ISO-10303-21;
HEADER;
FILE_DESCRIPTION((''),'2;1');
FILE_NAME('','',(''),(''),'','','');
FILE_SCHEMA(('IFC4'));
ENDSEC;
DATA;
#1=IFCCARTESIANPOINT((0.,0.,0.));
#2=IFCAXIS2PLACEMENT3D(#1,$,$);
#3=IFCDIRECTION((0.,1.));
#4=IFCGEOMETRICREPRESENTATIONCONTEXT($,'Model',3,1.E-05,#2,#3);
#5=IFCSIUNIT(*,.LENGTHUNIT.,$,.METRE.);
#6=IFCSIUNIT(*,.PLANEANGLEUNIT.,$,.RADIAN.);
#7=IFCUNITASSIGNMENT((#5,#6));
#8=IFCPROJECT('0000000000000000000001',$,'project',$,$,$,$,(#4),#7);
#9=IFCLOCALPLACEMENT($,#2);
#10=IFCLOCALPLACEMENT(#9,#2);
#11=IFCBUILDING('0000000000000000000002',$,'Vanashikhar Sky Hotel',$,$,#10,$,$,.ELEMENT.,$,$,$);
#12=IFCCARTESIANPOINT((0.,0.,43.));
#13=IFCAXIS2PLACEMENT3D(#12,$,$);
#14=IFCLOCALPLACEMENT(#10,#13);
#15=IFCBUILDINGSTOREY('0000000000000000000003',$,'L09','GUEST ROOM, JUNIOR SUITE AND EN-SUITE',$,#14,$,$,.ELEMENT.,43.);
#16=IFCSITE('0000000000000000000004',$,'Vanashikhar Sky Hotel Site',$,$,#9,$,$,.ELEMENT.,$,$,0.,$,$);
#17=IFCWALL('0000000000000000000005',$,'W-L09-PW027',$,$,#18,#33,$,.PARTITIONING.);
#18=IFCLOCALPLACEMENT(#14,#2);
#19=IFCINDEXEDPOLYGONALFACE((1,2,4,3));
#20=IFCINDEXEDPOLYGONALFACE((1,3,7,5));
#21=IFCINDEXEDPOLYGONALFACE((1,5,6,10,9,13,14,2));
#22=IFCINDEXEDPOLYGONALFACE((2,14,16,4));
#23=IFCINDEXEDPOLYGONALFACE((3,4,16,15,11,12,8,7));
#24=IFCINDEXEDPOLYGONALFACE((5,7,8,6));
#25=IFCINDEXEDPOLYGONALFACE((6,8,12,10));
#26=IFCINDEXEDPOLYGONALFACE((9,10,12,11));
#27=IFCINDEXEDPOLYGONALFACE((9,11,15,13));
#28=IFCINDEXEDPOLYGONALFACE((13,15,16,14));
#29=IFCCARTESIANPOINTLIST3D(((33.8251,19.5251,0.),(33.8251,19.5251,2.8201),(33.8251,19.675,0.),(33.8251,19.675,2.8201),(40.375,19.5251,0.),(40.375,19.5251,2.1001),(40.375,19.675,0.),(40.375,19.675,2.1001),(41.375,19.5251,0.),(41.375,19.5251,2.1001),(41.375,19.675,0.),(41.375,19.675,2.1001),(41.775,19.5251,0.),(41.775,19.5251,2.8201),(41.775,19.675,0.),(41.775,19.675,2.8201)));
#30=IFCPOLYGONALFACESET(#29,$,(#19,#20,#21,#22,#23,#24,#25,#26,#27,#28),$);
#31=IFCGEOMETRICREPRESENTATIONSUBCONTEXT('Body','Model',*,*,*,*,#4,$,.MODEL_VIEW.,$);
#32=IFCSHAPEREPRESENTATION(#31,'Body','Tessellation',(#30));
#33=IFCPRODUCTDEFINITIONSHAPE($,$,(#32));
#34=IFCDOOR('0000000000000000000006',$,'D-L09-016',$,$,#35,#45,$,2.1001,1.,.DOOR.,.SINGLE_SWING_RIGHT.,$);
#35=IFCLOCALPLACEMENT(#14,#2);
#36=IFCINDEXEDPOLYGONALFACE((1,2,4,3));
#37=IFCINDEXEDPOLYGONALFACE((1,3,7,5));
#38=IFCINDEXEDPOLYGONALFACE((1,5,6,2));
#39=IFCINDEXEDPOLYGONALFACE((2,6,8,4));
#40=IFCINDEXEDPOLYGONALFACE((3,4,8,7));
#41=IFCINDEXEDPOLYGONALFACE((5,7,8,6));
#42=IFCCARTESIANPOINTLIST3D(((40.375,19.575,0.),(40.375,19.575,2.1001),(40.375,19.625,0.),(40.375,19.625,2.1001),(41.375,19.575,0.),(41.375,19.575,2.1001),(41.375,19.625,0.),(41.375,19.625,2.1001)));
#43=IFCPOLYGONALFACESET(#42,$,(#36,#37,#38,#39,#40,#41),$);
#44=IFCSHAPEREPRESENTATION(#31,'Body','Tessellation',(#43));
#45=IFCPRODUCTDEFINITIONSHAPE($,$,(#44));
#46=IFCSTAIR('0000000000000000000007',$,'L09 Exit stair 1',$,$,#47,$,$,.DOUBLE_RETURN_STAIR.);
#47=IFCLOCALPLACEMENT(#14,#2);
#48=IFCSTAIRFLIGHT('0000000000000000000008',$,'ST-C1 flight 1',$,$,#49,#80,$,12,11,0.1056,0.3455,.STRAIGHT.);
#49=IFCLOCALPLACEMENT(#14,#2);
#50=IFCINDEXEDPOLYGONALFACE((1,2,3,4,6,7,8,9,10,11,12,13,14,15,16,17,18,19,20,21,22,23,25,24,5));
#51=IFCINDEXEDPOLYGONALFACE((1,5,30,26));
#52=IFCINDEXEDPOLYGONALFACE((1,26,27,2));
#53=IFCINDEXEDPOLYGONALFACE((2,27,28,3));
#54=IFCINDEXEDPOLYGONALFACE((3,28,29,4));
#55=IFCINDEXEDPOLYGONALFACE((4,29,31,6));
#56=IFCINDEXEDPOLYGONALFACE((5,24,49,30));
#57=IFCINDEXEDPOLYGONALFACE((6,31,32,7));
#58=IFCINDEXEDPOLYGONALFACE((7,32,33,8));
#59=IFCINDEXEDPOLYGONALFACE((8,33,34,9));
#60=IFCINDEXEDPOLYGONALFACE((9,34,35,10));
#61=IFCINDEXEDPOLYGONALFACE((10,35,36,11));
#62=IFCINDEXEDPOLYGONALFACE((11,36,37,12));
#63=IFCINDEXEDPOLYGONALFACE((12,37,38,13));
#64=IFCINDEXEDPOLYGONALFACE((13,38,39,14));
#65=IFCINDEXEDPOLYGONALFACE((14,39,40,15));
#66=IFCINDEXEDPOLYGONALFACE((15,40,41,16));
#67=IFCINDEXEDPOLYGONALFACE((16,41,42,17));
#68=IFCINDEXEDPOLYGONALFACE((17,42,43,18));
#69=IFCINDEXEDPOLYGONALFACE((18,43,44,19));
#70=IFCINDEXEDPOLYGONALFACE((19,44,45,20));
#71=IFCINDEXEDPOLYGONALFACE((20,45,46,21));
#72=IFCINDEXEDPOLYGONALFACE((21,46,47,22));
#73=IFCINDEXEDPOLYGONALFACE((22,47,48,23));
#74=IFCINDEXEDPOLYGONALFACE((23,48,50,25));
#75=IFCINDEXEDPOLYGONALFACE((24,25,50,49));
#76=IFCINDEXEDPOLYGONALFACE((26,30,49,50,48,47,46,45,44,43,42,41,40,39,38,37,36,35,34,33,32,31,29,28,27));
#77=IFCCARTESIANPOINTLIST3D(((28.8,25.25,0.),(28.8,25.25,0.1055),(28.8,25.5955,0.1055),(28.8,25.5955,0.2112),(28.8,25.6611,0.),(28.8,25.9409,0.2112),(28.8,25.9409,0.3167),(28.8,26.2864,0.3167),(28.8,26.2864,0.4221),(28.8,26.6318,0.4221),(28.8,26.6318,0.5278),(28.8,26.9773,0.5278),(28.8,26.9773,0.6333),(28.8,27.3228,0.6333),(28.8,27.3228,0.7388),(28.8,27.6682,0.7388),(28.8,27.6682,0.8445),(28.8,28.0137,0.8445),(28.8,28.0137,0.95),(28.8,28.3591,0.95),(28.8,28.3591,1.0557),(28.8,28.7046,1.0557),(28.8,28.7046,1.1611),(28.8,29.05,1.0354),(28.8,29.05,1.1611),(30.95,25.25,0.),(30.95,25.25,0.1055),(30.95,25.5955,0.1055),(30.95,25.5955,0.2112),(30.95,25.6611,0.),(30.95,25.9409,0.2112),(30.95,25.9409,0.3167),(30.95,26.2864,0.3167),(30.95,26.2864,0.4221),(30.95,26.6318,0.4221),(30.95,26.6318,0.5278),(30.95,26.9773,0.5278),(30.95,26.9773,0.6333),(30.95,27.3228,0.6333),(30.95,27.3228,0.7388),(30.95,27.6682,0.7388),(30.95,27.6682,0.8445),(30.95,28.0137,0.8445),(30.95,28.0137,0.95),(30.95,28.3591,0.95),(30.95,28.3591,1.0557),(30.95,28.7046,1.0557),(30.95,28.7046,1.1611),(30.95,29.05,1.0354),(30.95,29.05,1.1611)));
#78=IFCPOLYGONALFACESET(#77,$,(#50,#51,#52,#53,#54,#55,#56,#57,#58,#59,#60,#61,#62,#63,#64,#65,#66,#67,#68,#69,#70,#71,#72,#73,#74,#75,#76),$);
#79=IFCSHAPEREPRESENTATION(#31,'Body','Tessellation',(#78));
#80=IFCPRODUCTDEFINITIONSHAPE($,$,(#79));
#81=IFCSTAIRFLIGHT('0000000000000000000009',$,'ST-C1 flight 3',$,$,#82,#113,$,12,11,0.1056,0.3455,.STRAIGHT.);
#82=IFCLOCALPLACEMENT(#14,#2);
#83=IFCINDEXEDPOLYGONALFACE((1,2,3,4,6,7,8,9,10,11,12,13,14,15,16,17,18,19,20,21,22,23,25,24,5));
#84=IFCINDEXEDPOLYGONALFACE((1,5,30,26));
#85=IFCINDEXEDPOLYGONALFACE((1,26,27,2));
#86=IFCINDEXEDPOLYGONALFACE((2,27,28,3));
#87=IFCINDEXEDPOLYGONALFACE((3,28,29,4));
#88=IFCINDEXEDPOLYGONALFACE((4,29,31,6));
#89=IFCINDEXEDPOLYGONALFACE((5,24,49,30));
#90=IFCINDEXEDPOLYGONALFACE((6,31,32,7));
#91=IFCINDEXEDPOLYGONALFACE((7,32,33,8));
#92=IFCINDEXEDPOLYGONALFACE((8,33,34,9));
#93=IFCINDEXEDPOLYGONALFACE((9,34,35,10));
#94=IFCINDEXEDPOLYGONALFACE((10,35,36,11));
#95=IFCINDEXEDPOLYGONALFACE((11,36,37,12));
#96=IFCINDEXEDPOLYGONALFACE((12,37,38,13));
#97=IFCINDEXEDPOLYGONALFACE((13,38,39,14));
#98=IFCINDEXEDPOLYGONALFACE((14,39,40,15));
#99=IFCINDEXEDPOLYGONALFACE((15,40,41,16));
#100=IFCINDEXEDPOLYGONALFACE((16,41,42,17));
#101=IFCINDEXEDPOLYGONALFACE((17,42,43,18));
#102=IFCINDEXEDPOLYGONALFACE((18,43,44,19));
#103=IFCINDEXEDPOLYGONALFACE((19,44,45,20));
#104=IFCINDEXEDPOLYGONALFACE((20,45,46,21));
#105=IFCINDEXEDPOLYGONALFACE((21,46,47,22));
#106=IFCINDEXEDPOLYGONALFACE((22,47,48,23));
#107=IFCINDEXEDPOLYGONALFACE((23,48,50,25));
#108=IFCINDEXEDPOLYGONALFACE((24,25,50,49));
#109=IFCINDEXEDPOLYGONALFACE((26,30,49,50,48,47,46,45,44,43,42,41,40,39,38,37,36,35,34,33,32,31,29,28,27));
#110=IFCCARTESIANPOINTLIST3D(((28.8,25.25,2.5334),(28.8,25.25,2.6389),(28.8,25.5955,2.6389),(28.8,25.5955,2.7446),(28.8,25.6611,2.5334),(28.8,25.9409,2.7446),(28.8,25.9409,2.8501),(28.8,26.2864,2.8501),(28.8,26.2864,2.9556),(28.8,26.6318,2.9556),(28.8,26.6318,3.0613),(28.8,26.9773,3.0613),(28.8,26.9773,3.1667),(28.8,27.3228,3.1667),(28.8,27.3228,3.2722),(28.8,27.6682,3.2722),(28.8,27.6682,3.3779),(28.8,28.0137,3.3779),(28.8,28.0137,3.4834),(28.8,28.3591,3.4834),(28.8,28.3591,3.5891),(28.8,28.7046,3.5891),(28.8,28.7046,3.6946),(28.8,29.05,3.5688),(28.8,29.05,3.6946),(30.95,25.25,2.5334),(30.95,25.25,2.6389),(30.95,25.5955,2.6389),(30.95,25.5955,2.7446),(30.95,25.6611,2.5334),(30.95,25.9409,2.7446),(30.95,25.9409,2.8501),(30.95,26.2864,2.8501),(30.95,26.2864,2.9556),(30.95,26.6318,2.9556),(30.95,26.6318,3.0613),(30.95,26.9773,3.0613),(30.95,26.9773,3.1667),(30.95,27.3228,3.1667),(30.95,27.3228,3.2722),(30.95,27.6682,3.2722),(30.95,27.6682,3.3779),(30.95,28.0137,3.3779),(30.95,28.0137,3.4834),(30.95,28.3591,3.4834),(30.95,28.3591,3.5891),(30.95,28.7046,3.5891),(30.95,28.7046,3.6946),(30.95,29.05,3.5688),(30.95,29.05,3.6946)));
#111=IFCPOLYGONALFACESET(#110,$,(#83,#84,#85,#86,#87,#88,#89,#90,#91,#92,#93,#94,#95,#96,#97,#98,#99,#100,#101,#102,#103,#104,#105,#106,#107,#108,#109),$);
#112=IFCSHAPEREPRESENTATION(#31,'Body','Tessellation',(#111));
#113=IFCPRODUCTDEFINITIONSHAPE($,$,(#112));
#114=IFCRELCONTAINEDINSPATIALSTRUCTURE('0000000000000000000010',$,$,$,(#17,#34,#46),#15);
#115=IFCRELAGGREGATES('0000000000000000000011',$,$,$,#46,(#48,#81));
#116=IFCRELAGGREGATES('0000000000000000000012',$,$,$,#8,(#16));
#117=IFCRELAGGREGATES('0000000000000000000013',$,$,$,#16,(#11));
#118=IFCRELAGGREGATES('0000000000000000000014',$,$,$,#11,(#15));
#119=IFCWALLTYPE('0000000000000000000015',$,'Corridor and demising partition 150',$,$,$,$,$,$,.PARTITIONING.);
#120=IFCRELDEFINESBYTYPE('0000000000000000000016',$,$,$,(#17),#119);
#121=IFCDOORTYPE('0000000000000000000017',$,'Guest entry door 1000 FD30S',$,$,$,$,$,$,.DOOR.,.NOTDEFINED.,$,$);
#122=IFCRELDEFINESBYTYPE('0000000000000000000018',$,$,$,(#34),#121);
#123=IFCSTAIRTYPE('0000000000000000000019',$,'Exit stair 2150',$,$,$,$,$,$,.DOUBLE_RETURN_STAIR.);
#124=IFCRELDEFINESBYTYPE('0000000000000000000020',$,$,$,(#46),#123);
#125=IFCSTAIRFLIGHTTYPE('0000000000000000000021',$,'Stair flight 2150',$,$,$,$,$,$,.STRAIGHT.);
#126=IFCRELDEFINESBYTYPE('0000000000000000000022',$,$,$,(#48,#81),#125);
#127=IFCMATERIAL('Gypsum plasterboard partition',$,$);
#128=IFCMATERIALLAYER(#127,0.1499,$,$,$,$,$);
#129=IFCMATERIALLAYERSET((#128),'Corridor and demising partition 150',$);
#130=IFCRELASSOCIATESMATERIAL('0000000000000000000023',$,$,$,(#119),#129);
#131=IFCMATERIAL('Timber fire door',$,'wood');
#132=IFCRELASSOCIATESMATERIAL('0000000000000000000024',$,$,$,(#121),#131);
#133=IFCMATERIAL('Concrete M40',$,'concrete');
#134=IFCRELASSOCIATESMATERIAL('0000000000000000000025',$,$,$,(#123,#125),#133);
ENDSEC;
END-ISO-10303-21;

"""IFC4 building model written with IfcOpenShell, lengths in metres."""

from ifc_helpers import new_model, si_unit, direction, frame, frame_2d, origin, place, context, subcontext, project, spatial, polyline, rectangle, outline, extrude, source, transform, mapped, material, layer, layer_set, type_object, element, fill, aggregate, save


model = new_model("IFC4")

# Units and contexts
model_context = context("Model", 3, precision=1e-05, world=origin(), true_north=direction((0.0, 1.0)))
body_context = subcontext(model_context, "Body", "Model", "MODEL_VIEW")
ifc_project = project(units=[si_unit("LENGTHUNIT", "METRE"), si_unit("PLANEANGLEUNIT", "RADIAN")], contexts=[model_context])

# Site, building, storey
site_placement = place(None, origin())
site = spatial("IfcSite", under=ifc_project, at=site_placement, Name="Vanashikhar Sky Hotel Site", CompositionType="ELEMENT", RefElevation=0.0)
building_placement = place(site_placement, origin())
building = spatial("IfcBuilding", under=site, at=building_placement, Name="Vanashikhar Sky Hotel", CompositionType="ELEMENT")
storey_placement = place(building_placement, frame((0.0, 0.0, 43.0)))
storey = spatial("IfcBuildingStorey", under=building, at=storey_placement, Name="L09", Description="GUEST ROOM, JUNIOR SUITE AND EN-SUITE", CompositionType="ELEMENT", Elevation=43.0)

# Shared definitions
ifc_material_1 = material(Name="Concrete M40", Category="concrete")

# Wall, opening, door
ifc_material_2 = material(Name="Gypsum plasterboard partition")
ifc_layer_1 = layer(ifc_material_2, 0.1499)
ifc_layer_set_1 = layer_set([ifc_layer_1], Name="Corridor and demising partition 150")
wall_type_1 = type_object("IfcWallType", Name="Corridor and demising partition 150", PredefinedType="PARTITIONING", material=ifc_layer_set_1)
shared_shape_1 = source(origin(), body_context, "Body", "SweptSolid", [
    extrude(rectangle(XDim=7.95, YDim=0.1499, at=frame_2d((3.9751, 0.0))), origin(), (0.0, 0.0, 1.0), 2.8201),
])
wall_1_placement = place(storey_placement, frame((33.825, 19.6001, 0.0), z_axis=(0.0, 0.0, 1.0), x_axis=(1.0, 0.0, 0.0)))
wall_1 = element("IfcWall", 1, at=wall_1_placement, inside=storey, type_object=wall_type_1, Name="W-L09-PW027", PredefinedType="PARTITIONING", context=body_context, shape_type="MappedRepresentation", body=[
    mapped(shared_shape_1, transform((0.0, 0.0, 0.0), scale=1.0)),
])
shared_shape_2 = source(origin(), body_context, "Body", "SweptSolid", [
    extrude(rectangle(XDim=1.0, YDim=2.1001, at=frame_2d((0.5, 1.05))), frame((0.0, 0.085, 0.0), z_axis=(0.0, -1.0, 0.0), x_axis=(1.0, 0.0, 0.0)), (0.0, 0.0, 1.0), 0.1699),
])
opening_1_placement = place(wall_1_placement, frame((6.55, 0.0, 0.0)))
opening_1 = element("IfcOpeningElement", 2, at=opening_1_placement, cuts=wall_1, PredefinedType="OPENING", context=body_context, shape_type="MappedRepresentation", body=[
    mapped(shared_shape_2, transform((0.0, 0.0, 0.0), scale=1.0)),
])
ifc_material_3 = material(Name="Timber fire door", Category="wood")
door_type_1 = type_object("IfcDoorType", Name="Guest entry door 1000 FD30S", OperationType="NOTDEFINED", PredefinedType="DOOR", material=ifc_material_3)
shared_shape_3 = source(origin(), body_context, "Body", "SweptSolid", [
    extrude(rectangle(XDim=1.0, YDim=2.1001, at=frame_2d((0.5, 1.05))), frame((0.0, 0.0249, 0.0), z_axis=(0.0, -1.0, 0.0), x_axis=(1.0, 0.0, 0.0)), (0.0, 0.0, 1.0), 0.05),
])
door_1_placement = place(opening_1_placement, origin())
door_1 = element("IfcDoor", 3, at=door_1_placement, inside=storey, type_object=door_type_1, Name="D-L09-016", OperationType="SINGLE_SWING_RIGHT", OverallHeight=2.1001, OverallWidth=1.0, PredefinedType="DOOR", context=body_context, shape_type="MappedRepresentation", body=[
    mapped(shared_shape_3, transform((0.0, 0.0, 0.0), scale=1.0)),
])
fill(opening_1, door_1)

# Stair, stair flights
stair_type = type_object("IfcStairType", Name="Exit stair 2150", PredefinedType="DOUBLE_RETURN_STAIR", material=ifc_material_1)
stair_placement = place(storey_placement, origin())
stair = element("IfcStair", 4, at=stair_placement, inside=storey, type_object=stair_type, Name="L09 Exit stair 1", PredefinedType="DOUBLE_RETURN_STAIR")
stair_flight_type = type_object("IfcStairFlightType", Name="Stair flight 2150", PredefinedType="STRAIGHT", material=ifc_material_1)
shared_shape_4 = source(origin(), body_context, "Body", "SweptSolid", [
    extrude(outline(polyline([(0.0, 0.0), (0.0, 0.1055), (0.3455, 0.1055), (0.3455, 0.2112), (0.6909, 0.2112), (0.6909, 0.3167), (1.0364, 0.3167), (1.0364, 0.4221), (1.3818, 0.4221), (1.3818, 0.5278), (1.7273, 0.5278), (1.7273, 0.6333), (2.0728, 0.6333), (2.0728, 0.7388), (2.4182, 0.7388), (2.4182, 0.8445), (2.7637, 0.8445), (2.7637, 0.95), (3.1091, 0.95), (3.1091, 1.0557), (3.4546, 1.0557), (3.4546, 1.1611), (3.8, 1.1611), (3.8, 1.2666), (3.8, 1.0354), (0.4111, 0.0), (0.0, 0.0)])), frame((0.0, 1.075, 0.0), z_axis=(0.0, -1.0, 0.0), x_axis=(1.0, 0.0, 0.0)), (0.0, 0.0, 1.0), 2.1499),
])
stair_flight_1_placement = place(storey_placement, frame((29.875, 25.25, 0.0), z_axis=(0.0, 0.0, 1.0), x_axis=(0.0, 1.0, 0.0)))
stair_flight_1 = element("IfcStairFlight", 5, at=stair_flight_1_placement, type_object=stair_flight_type, Name="ST-C1 flight 1", NumberOfRisers=12, NumberOfTreads=11, PredefinedType="STRAIGHT", RiserHeight=0.1056, TreadLength=0.3455, context=body_context, shape_type="MappedRepresentation", body=[
    mapped(shared_shape_4, transform((0.0, 0.0, 0.0), scale=1.0)),
])
stair_flight_2_placement = place(storey_placement, frame((29.875, 25.25, 2.5334), z_axis=(0.0, 0.0, 1.0), x_axis=(0.0, 1.0, 0.0)))
stair_flight_2 = element("IfcStairFlight", 6, at=stair_flight_2_placement, type_object=stair_flight_type, Name="ST-C1 flight 3", NumberOfRisers=12, NumberOfTreads=11, PredefinedType="STRAIGHT", RiserHeight=0.1056, TreadLength=0.3455, context=body_context, shape_type="MappedRepresentation", body=[
    mapped(shared_shape_4, transform((0.0, 0.0, 0.0), scale=1.0)),
])
aggregate(stair, [stair_flight_1, stair_flight_2])

save(model, "model.ifc")
